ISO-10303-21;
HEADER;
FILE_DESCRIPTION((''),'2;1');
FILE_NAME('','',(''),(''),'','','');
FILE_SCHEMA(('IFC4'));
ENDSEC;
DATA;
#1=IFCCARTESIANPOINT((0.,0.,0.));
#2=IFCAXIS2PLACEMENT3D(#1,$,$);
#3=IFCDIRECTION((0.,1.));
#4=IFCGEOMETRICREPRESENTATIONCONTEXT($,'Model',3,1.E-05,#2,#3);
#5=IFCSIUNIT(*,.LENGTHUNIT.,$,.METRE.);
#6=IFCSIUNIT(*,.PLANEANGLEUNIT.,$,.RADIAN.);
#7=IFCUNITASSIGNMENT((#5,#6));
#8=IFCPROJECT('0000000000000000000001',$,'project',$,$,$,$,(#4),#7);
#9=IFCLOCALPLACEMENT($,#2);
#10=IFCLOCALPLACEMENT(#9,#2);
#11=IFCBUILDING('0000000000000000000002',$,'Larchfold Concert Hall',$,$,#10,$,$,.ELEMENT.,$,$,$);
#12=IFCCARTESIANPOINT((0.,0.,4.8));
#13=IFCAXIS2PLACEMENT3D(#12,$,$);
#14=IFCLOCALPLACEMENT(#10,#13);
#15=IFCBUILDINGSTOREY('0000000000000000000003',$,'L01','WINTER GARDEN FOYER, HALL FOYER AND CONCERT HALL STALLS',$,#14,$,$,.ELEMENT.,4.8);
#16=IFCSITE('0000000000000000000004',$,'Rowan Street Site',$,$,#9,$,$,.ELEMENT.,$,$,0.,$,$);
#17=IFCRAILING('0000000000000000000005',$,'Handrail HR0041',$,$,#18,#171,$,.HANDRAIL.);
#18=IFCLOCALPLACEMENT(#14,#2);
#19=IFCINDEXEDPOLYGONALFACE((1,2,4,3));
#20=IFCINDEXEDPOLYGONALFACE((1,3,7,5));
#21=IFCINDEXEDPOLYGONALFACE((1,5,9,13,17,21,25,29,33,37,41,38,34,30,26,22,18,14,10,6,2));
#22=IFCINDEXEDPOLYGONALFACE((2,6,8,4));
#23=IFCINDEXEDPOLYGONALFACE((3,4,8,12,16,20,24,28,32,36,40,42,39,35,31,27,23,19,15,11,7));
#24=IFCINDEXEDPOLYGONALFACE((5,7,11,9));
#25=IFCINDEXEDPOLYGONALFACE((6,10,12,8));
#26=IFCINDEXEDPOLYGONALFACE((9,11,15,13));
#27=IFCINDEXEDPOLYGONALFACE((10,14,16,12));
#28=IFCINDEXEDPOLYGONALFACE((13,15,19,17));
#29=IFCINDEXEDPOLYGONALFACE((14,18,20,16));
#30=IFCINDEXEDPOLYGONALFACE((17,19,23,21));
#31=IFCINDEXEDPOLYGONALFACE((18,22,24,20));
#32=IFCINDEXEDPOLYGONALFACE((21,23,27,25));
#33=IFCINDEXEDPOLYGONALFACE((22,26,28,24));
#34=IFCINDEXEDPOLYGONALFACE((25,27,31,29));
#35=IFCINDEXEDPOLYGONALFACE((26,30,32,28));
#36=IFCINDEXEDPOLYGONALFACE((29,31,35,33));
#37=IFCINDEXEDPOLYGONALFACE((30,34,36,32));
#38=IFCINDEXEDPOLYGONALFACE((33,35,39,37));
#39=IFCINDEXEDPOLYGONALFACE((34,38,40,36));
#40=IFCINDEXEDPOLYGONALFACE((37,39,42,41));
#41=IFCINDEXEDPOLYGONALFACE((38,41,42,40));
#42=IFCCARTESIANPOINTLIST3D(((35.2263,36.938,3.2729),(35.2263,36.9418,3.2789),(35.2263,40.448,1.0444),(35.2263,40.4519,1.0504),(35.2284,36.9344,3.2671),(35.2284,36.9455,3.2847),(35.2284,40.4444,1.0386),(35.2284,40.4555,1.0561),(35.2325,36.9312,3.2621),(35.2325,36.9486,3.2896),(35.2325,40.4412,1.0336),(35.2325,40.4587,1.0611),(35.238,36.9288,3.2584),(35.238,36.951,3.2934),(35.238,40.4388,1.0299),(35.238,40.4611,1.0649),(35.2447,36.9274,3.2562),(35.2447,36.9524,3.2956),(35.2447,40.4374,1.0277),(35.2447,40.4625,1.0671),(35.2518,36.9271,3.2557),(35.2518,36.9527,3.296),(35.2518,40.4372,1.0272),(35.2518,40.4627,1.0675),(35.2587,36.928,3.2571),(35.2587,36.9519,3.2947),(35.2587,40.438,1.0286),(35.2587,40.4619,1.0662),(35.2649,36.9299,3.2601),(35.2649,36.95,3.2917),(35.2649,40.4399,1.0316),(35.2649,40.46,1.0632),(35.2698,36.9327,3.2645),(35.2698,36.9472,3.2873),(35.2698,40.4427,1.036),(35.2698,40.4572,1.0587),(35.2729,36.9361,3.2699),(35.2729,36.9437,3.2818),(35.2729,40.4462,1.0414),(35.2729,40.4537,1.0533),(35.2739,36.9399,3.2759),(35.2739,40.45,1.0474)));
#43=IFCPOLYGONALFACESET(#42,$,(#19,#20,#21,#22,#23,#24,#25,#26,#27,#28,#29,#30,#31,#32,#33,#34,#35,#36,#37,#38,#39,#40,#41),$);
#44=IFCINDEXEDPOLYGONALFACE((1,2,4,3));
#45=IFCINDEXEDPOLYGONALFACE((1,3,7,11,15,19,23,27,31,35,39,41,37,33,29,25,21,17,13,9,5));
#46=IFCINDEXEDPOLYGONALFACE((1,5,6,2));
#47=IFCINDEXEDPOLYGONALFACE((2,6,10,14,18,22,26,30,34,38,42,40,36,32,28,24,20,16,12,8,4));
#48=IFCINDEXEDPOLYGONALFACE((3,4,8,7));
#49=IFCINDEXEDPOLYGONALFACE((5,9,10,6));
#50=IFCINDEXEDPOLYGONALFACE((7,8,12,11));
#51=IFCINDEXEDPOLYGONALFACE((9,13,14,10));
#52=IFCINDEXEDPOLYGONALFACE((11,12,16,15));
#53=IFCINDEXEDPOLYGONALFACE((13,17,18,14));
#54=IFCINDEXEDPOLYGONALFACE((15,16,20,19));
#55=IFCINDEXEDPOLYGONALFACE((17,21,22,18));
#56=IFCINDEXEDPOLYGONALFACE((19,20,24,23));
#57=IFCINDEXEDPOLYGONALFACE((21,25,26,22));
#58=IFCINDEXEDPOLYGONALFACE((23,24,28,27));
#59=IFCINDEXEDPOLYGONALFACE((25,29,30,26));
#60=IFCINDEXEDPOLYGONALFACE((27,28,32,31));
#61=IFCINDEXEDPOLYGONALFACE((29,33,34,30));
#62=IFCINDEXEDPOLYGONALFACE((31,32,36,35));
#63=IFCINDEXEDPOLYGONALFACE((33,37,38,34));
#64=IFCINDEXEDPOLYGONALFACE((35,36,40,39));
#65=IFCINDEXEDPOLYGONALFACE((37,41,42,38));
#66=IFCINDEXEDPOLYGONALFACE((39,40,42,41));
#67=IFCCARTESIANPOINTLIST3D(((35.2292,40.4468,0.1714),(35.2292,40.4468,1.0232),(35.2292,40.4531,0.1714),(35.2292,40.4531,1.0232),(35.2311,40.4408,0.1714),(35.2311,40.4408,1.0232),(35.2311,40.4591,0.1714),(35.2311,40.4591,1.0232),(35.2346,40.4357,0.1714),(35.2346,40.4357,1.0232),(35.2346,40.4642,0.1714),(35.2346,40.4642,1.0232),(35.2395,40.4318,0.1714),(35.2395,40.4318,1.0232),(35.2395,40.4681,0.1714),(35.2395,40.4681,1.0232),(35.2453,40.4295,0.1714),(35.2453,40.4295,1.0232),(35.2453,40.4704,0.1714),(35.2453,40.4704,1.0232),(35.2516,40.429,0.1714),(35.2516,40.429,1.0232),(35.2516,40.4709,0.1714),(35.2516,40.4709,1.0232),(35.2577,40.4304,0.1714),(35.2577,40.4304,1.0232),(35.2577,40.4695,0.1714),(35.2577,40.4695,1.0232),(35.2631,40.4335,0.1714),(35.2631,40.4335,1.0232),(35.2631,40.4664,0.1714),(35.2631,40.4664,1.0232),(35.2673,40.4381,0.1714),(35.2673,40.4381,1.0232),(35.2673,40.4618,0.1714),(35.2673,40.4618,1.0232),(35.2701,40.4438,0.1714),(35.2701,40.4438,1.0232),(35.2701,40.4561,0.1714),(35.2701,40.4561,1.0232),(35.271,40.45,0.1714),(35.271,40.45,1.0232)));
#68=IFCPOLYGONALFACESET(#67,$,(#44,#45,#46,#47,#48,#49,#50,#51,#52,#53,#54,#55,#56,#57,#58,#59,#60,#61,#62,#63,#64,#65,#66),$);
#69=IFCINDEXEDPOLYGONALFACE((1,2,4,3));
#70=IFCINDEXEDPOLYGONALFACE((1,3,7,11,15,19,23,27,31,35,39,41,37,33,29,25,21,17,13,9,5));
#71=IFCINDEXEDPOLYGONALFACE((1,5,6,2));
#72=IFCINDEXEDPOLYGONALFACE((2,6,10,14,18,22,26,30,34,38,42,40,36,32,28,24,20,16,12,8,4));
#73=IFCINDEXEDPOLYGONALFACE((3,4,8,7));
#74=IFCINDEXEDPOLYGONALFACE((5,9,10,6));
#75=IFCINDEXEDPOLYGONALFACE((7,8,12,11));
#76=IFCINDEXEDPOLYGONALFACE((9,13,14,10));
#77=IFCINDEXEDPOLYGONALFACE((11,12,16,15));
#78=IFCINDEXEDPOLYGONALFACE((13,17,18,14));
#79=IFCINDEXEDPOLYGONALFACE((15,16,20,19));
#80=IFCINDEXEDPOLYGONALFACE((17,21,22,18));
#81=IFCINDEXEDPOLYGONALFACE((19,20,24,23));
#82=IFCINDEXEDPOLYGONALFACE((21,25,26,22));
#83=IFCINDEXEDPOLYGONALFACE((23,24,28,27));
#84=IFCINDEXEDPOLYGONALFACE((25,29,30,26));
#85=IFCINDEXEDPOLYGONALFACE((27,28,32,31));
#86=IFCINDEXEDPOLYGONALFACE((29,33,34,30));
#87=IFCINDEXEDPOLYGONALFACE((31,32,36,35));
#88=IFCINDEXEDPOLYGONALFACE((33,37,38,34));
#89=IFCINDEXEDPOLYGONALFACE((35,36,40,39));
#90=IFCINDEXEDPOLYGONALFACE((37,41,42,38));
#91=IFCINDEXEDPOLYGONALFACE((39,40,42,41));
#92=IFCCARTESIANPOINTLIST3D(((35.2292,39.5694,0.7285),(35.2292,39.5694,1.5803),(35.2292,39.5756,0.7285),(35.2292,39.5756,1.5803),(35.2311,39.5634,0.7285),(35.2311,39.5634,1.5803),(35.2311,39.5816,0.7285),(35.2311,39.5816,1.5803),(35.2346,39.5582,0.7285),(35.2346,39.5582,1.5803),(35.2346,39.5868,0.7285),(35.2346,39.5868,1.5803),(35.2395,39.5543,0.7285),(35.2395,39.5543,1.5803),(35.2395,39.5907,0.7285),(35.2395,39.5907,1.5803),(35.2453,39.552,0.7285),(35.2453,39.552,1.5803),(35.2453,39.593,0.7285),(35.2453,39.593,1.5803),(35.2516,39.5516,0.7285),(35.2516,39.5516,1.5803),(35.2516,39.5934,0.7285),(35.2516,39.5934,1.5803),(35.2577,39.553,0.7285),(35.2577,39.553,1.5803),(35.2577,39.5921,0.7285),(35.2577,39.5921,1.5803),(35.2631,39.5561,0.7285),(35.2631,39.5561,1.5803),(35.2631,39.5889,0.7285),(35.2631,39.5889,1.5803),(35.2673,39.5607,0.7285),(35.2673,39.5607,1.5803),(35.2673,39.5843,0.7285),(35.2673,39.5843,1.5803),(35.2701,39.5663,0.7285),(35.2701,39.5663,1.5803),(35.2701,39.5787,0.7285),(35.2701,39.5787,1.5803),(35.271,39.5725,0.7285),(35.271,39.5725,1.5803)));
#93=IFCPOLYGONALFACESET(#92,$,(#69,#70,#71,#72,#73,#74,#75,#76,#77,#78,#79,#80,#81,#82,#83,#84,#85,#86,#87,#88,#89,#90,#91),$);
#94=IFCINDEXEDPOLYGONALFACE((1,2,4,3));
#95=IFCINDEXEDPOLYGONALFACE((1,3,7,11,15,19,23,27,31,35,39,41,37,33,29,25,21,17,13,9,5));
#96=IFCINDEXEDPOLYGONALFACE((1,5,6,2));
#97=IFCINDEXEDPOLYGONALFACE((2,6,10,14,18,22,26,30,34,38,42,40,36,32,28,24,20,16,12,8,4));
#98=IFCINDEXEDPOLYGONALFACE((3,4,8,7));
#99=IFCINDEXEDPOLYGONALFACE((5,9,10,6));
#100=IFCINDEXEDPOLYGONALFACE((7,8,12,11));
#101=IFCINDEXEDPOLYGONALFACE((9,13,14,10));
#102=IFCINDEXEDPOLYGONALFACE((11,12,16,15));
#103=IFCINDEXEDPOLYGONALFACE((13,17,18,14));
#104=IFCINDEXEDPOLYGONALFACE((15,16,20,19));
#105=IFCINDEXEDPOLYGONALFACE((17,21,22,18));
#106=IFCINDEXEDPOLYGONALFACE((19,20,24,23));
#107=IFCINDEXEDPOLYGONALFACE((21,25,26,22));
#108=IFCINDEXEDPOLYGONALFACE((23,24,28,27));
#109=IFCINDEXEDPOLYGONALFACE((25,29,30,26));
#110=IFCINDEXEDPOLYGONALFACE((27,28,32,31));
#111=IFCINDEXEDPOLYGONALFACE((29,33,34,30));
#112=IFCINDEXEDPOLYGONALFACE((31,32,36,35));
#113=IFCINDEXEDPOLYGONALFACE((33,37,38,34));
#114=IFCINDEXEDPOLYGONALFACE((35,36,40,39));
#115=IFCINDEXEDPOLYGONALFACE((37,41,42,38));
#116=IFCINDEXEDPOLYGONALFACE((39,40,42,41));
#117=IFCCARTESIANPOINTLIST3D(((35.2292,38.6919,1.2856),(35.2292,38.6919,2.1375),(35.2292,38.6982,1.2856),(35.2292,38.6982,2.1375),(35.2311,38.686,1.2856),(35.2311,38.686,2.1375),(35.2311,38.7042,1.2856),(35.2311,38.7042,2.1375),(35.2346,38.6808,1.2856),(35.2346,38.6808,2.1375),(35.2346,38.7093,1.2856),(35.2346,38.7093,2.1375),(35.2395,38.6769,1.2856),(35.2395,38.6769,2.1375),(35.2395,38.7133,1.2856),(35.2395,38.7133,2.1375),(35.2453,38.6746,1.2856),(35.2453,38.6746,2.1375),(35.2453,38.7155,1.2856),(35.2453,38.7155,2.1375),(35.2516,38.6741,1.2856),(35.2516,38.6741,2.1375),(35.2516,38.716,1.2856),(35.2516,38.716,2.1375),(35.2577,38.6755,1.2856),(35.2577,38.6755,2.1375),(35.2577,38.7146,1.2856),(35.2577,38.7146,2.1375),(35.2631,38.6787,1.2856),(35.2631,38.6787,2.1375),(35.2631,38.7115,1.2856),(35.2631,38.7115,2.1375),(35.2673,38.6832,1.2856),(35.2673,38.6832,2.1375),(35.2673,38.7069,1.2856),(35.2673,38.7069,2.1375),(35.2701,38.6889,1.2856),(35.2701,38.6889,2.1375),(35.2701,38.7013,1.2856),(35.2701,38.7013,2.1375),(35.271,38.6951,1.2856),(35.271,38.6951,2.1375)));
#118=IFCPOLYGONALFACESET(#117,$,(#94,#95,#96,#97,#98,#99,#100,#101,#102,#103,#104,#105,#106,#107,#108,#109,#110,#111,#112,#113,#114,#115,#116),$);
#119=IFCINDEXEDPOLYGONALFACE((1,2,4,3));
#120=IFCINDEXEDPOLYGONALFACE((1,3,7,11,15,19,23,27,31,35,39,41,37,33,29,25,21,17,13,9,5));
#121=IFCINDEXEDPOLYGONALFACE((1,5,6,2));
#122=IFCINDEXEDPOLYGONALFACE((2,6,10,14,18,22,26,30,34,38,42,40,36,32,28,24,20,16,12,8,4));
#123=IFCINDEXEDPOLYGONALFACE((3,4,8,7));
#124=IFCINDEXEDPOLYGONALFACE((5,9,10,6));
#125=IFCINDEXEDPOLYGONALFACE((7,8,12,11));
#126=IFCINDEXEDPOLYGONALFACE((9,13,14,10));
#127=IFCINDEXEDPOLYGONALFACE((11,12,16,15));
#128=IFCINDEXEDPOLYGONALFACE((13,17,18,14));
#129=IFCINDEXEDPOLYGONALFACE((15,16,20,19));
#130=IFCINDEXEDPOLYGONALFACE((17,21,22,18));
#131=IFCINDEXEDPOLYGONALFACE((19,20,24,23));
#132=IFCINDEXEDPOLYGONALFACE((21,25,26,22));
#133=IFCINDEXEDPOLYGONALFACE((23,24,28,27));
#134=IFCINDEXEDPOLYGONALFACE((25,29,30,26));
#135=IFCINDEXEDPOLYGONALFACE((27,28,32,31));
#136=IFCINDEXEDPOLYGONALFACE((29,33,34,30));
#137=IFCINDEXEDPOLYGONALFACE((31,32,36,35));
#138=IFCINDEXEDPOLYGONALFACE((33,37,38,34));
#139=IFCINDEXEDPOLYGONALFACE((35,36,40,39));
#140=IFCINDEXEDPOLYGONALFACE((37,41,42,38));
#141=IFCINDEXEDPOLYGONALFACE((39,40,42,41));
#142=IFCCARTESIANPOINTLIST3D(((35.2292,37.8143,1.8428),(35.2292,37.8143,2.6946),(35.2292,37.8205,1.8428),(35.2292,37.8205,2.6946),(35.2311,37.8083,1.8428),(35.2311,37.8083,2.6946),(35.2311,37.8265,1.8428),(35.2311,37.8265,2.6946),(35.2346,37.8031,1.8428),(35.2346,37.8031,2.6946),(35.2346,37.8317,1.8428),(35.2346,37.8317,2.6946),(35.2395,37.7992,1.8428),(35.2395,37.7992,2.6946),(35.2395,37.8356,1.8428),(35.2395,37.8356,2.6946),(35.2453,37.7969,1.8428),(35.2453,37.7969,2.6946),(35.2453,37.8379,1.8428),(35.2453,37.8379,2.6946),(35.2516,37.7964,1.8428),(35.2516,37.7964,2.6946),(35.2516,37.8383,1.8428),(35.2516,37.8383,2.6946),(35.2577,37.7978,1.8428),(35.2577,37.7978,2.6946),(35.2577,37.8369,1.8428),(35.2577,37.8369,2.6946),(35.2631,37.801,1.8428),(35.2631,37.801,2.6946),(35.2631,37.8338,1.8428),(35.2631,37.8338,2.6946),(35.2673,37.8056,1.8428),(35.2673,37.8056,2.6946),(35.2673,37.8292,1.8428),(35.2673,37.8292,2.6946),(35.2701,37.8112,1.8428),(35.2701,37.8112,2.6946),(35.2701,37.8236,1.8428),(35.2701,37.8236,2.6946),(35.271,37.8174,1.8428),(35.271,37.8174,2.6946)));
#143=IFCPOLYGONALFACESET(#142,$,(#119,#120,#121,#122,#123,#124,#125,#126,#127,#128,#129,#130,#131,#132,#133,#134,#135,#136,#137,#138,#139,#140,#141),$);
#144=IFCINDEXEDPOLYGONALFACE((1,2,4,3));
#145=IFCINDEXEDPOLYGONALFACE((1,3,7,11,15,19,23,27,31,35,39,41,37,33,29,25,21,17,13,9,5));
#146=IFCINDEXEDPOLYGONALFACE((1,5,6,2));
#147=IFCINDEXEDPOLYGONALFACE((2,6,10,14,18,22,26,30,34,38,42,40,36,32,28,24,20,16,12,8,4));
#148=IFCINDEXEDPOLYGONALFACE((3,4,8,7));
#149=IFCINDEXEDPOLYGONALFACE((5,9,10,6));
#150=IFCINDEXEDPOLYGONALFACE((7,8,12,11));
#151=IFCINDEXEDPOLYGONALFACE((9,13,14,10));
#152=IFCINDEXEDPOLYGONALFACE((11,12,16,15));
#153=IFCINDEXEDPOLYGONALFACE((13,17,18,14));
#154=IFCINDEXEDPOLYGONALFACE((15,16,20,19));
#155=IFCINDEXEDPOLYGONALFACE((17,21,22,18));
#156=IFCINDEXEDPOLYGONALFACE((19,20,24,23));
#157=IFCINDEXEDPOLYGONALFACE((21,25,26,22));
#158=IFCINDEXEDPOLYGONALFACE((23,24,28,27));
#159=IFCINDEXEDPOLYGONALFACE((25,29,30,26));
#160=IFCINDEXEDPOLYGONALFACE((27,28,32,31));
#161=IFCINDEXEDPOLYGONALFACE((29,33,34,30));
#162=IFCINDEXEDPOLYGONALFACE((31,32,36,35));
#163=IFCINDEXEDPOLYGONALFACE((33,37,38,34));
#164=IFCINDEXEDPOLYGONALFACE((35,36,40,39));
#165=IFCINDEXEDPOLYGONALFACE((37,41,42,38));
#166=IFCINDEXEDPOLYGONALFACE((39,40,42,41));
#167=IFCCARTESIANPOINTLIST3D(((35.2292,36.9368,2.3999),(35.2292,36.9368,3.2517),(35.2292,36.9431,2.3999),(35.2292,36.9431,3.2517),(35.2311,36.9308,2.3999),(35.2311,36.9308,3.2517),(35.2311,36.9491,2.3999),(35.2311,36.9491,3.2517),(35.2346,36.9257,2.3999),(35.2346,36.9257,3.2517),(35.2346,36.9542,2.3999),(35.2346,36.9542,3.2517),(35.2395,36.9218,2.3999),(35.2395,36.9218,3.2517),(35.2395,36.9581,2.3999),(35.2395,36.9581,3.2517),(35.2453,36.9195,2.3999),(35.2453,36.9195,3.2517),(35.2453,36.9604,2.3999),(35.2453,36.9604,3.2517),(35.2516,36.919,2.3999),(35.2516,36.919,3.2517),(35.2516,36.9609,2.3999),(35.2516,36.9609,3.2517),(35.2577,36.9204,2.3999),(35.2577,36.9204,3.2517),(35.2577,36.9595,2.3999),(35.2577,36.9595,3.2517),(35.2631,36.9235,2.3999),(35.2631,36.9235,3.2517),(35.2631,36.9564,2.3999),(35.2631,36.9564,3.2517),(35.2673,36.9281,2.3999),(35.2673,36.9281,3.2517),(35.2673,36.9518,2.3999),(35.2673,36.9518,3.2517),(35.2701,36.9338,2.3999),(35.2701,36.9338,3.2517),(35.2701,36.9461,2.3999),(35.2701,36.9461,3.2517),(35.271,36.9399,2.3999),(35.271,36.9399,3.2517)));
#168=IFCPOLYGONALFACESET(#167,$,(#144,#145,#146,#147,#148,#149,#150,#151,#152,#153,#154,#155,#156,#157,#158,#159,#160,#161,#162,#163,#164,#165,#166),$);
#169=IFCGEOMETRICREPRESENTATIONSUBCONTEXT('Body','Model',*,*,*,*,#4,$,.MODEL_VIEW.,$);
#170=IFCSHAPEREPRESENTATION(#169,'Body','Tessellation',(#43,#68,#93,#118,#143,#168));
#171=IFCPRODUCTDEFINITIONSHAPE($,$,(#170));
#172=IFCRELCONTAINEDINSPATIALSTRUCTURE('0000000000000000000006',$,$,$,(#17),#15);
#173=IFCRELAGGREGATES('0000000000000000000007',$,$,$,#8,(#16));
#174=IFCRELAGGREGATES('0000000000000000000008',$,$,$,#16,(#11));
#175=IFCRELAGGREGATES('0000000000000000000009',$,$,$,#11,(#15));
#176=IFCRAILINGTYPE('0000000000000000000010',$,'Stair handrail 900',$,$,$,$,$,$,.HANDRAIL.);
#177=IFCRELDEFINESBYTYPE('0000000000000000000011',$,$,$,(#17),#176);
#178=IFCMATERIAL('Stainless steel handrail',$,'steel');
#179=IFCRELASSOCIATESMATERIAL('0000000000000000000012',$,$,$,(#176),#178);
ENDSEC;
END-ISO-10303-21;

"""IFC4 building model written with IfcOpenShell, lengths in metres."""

from ifc_helpers import new_model, si_unit, direction, frame, origin, origin_2d, place, context, subcontext, project, spatial, circle, extrude, material, type_object, element, save


model = new_model("IFC4")

# Units and contexts
model_context = context("Model", 3, precision=1e-05, world=origin(), true_north=direction((0.0, 1.0)))
body_context = subcontext(model_context, "Body", "Model", "MODEL_VIEW")
ifc_project = project(units=[si_unit("LENGTHUNIT", "METRE"), si_unit("PLANEANGLEUNIT", "RADIAN")], contexts=[model_context])

# Site, building, storey
site_placement = place(None, origin())
site = spatial("IfcSite", under=ifc_project, at=site_placement, Name="Rowan Street Site", CompositionType="ELEMENT", RefElevation=0.0)
building_placement = place(site_placement, origin())
building = spatial("IfcBuilding", under=site, at=building_placement, Name="Larchfold Concert Hall", CompositionType="ELEMENT")
storey_placement = place(building_placement, frame((0.0, 0.0, 4.8)))
storey = spatial("IfcBuildingStorey", under=building, at=storey_placement, Name="L01", Description="WINTER GARDEN FOYER, HALL FOYER AND CONCERT HALL STALLS", CompositionType="ELEMENT", Elevation=4.8)

# Railing
ifc_material_1 = material(Name="Stainless steel handrail", Category="steel")
railing_type_1 = type_object("IfcRailingType", Name="Stair handrail 900", PredefinedType="HANDRAIL", material=ifc_material_1)
railing_1_placement = place(storey_placement, frame((35.25, 40.45, 0.1714)))
element("IfcRailing", 1, at=railing_1_placement, inside=storey, type_object=railing_type_1, Name="Handrail HR0041", PredefinedType="HANDRAIL", context=body_context, shape_type="SweptSolid", body=[
    extrude(circle(Radius=0.0239, at=origin_2d()), frame((0.0, 0.0, 0.876), z_axis=(0.0, -0.84422, 0.535998), x_axis=(1.0, 0.0, 0.0)), (0.0, 0.0, 1.0), 4.1577),
    extrude(circle(Radius=0.021, at=origin_2d()), origin(), (0.0, 0.0, 1.0), 0.8518),
    extrude(circle(Radius=0.021, at=origin_2d()), frame((0.0, -0.8774, 0.5571)), (0.0, 0.0, 1.0), 0.8518),
    extrude(circle(Radius=0.021, at=origin_2d()), frame((0.0, -1.7549, 1.1143)), (0.0, 0.0, 1.0), 0.8518),
    extrude(circle(Radius=0.021, at=origin_2d()), frame((0.0, -2.6326, 1.6714)), (0.0, 0.0, 1.0), 0.8518),
    extrude(circle(Radius=0.021, at=origin_2d()), frame((0.0, -3.51, 2.2285)), (0.0, 0.0, 1.0), 0.8518),
])

save(model, "model.ifc")
